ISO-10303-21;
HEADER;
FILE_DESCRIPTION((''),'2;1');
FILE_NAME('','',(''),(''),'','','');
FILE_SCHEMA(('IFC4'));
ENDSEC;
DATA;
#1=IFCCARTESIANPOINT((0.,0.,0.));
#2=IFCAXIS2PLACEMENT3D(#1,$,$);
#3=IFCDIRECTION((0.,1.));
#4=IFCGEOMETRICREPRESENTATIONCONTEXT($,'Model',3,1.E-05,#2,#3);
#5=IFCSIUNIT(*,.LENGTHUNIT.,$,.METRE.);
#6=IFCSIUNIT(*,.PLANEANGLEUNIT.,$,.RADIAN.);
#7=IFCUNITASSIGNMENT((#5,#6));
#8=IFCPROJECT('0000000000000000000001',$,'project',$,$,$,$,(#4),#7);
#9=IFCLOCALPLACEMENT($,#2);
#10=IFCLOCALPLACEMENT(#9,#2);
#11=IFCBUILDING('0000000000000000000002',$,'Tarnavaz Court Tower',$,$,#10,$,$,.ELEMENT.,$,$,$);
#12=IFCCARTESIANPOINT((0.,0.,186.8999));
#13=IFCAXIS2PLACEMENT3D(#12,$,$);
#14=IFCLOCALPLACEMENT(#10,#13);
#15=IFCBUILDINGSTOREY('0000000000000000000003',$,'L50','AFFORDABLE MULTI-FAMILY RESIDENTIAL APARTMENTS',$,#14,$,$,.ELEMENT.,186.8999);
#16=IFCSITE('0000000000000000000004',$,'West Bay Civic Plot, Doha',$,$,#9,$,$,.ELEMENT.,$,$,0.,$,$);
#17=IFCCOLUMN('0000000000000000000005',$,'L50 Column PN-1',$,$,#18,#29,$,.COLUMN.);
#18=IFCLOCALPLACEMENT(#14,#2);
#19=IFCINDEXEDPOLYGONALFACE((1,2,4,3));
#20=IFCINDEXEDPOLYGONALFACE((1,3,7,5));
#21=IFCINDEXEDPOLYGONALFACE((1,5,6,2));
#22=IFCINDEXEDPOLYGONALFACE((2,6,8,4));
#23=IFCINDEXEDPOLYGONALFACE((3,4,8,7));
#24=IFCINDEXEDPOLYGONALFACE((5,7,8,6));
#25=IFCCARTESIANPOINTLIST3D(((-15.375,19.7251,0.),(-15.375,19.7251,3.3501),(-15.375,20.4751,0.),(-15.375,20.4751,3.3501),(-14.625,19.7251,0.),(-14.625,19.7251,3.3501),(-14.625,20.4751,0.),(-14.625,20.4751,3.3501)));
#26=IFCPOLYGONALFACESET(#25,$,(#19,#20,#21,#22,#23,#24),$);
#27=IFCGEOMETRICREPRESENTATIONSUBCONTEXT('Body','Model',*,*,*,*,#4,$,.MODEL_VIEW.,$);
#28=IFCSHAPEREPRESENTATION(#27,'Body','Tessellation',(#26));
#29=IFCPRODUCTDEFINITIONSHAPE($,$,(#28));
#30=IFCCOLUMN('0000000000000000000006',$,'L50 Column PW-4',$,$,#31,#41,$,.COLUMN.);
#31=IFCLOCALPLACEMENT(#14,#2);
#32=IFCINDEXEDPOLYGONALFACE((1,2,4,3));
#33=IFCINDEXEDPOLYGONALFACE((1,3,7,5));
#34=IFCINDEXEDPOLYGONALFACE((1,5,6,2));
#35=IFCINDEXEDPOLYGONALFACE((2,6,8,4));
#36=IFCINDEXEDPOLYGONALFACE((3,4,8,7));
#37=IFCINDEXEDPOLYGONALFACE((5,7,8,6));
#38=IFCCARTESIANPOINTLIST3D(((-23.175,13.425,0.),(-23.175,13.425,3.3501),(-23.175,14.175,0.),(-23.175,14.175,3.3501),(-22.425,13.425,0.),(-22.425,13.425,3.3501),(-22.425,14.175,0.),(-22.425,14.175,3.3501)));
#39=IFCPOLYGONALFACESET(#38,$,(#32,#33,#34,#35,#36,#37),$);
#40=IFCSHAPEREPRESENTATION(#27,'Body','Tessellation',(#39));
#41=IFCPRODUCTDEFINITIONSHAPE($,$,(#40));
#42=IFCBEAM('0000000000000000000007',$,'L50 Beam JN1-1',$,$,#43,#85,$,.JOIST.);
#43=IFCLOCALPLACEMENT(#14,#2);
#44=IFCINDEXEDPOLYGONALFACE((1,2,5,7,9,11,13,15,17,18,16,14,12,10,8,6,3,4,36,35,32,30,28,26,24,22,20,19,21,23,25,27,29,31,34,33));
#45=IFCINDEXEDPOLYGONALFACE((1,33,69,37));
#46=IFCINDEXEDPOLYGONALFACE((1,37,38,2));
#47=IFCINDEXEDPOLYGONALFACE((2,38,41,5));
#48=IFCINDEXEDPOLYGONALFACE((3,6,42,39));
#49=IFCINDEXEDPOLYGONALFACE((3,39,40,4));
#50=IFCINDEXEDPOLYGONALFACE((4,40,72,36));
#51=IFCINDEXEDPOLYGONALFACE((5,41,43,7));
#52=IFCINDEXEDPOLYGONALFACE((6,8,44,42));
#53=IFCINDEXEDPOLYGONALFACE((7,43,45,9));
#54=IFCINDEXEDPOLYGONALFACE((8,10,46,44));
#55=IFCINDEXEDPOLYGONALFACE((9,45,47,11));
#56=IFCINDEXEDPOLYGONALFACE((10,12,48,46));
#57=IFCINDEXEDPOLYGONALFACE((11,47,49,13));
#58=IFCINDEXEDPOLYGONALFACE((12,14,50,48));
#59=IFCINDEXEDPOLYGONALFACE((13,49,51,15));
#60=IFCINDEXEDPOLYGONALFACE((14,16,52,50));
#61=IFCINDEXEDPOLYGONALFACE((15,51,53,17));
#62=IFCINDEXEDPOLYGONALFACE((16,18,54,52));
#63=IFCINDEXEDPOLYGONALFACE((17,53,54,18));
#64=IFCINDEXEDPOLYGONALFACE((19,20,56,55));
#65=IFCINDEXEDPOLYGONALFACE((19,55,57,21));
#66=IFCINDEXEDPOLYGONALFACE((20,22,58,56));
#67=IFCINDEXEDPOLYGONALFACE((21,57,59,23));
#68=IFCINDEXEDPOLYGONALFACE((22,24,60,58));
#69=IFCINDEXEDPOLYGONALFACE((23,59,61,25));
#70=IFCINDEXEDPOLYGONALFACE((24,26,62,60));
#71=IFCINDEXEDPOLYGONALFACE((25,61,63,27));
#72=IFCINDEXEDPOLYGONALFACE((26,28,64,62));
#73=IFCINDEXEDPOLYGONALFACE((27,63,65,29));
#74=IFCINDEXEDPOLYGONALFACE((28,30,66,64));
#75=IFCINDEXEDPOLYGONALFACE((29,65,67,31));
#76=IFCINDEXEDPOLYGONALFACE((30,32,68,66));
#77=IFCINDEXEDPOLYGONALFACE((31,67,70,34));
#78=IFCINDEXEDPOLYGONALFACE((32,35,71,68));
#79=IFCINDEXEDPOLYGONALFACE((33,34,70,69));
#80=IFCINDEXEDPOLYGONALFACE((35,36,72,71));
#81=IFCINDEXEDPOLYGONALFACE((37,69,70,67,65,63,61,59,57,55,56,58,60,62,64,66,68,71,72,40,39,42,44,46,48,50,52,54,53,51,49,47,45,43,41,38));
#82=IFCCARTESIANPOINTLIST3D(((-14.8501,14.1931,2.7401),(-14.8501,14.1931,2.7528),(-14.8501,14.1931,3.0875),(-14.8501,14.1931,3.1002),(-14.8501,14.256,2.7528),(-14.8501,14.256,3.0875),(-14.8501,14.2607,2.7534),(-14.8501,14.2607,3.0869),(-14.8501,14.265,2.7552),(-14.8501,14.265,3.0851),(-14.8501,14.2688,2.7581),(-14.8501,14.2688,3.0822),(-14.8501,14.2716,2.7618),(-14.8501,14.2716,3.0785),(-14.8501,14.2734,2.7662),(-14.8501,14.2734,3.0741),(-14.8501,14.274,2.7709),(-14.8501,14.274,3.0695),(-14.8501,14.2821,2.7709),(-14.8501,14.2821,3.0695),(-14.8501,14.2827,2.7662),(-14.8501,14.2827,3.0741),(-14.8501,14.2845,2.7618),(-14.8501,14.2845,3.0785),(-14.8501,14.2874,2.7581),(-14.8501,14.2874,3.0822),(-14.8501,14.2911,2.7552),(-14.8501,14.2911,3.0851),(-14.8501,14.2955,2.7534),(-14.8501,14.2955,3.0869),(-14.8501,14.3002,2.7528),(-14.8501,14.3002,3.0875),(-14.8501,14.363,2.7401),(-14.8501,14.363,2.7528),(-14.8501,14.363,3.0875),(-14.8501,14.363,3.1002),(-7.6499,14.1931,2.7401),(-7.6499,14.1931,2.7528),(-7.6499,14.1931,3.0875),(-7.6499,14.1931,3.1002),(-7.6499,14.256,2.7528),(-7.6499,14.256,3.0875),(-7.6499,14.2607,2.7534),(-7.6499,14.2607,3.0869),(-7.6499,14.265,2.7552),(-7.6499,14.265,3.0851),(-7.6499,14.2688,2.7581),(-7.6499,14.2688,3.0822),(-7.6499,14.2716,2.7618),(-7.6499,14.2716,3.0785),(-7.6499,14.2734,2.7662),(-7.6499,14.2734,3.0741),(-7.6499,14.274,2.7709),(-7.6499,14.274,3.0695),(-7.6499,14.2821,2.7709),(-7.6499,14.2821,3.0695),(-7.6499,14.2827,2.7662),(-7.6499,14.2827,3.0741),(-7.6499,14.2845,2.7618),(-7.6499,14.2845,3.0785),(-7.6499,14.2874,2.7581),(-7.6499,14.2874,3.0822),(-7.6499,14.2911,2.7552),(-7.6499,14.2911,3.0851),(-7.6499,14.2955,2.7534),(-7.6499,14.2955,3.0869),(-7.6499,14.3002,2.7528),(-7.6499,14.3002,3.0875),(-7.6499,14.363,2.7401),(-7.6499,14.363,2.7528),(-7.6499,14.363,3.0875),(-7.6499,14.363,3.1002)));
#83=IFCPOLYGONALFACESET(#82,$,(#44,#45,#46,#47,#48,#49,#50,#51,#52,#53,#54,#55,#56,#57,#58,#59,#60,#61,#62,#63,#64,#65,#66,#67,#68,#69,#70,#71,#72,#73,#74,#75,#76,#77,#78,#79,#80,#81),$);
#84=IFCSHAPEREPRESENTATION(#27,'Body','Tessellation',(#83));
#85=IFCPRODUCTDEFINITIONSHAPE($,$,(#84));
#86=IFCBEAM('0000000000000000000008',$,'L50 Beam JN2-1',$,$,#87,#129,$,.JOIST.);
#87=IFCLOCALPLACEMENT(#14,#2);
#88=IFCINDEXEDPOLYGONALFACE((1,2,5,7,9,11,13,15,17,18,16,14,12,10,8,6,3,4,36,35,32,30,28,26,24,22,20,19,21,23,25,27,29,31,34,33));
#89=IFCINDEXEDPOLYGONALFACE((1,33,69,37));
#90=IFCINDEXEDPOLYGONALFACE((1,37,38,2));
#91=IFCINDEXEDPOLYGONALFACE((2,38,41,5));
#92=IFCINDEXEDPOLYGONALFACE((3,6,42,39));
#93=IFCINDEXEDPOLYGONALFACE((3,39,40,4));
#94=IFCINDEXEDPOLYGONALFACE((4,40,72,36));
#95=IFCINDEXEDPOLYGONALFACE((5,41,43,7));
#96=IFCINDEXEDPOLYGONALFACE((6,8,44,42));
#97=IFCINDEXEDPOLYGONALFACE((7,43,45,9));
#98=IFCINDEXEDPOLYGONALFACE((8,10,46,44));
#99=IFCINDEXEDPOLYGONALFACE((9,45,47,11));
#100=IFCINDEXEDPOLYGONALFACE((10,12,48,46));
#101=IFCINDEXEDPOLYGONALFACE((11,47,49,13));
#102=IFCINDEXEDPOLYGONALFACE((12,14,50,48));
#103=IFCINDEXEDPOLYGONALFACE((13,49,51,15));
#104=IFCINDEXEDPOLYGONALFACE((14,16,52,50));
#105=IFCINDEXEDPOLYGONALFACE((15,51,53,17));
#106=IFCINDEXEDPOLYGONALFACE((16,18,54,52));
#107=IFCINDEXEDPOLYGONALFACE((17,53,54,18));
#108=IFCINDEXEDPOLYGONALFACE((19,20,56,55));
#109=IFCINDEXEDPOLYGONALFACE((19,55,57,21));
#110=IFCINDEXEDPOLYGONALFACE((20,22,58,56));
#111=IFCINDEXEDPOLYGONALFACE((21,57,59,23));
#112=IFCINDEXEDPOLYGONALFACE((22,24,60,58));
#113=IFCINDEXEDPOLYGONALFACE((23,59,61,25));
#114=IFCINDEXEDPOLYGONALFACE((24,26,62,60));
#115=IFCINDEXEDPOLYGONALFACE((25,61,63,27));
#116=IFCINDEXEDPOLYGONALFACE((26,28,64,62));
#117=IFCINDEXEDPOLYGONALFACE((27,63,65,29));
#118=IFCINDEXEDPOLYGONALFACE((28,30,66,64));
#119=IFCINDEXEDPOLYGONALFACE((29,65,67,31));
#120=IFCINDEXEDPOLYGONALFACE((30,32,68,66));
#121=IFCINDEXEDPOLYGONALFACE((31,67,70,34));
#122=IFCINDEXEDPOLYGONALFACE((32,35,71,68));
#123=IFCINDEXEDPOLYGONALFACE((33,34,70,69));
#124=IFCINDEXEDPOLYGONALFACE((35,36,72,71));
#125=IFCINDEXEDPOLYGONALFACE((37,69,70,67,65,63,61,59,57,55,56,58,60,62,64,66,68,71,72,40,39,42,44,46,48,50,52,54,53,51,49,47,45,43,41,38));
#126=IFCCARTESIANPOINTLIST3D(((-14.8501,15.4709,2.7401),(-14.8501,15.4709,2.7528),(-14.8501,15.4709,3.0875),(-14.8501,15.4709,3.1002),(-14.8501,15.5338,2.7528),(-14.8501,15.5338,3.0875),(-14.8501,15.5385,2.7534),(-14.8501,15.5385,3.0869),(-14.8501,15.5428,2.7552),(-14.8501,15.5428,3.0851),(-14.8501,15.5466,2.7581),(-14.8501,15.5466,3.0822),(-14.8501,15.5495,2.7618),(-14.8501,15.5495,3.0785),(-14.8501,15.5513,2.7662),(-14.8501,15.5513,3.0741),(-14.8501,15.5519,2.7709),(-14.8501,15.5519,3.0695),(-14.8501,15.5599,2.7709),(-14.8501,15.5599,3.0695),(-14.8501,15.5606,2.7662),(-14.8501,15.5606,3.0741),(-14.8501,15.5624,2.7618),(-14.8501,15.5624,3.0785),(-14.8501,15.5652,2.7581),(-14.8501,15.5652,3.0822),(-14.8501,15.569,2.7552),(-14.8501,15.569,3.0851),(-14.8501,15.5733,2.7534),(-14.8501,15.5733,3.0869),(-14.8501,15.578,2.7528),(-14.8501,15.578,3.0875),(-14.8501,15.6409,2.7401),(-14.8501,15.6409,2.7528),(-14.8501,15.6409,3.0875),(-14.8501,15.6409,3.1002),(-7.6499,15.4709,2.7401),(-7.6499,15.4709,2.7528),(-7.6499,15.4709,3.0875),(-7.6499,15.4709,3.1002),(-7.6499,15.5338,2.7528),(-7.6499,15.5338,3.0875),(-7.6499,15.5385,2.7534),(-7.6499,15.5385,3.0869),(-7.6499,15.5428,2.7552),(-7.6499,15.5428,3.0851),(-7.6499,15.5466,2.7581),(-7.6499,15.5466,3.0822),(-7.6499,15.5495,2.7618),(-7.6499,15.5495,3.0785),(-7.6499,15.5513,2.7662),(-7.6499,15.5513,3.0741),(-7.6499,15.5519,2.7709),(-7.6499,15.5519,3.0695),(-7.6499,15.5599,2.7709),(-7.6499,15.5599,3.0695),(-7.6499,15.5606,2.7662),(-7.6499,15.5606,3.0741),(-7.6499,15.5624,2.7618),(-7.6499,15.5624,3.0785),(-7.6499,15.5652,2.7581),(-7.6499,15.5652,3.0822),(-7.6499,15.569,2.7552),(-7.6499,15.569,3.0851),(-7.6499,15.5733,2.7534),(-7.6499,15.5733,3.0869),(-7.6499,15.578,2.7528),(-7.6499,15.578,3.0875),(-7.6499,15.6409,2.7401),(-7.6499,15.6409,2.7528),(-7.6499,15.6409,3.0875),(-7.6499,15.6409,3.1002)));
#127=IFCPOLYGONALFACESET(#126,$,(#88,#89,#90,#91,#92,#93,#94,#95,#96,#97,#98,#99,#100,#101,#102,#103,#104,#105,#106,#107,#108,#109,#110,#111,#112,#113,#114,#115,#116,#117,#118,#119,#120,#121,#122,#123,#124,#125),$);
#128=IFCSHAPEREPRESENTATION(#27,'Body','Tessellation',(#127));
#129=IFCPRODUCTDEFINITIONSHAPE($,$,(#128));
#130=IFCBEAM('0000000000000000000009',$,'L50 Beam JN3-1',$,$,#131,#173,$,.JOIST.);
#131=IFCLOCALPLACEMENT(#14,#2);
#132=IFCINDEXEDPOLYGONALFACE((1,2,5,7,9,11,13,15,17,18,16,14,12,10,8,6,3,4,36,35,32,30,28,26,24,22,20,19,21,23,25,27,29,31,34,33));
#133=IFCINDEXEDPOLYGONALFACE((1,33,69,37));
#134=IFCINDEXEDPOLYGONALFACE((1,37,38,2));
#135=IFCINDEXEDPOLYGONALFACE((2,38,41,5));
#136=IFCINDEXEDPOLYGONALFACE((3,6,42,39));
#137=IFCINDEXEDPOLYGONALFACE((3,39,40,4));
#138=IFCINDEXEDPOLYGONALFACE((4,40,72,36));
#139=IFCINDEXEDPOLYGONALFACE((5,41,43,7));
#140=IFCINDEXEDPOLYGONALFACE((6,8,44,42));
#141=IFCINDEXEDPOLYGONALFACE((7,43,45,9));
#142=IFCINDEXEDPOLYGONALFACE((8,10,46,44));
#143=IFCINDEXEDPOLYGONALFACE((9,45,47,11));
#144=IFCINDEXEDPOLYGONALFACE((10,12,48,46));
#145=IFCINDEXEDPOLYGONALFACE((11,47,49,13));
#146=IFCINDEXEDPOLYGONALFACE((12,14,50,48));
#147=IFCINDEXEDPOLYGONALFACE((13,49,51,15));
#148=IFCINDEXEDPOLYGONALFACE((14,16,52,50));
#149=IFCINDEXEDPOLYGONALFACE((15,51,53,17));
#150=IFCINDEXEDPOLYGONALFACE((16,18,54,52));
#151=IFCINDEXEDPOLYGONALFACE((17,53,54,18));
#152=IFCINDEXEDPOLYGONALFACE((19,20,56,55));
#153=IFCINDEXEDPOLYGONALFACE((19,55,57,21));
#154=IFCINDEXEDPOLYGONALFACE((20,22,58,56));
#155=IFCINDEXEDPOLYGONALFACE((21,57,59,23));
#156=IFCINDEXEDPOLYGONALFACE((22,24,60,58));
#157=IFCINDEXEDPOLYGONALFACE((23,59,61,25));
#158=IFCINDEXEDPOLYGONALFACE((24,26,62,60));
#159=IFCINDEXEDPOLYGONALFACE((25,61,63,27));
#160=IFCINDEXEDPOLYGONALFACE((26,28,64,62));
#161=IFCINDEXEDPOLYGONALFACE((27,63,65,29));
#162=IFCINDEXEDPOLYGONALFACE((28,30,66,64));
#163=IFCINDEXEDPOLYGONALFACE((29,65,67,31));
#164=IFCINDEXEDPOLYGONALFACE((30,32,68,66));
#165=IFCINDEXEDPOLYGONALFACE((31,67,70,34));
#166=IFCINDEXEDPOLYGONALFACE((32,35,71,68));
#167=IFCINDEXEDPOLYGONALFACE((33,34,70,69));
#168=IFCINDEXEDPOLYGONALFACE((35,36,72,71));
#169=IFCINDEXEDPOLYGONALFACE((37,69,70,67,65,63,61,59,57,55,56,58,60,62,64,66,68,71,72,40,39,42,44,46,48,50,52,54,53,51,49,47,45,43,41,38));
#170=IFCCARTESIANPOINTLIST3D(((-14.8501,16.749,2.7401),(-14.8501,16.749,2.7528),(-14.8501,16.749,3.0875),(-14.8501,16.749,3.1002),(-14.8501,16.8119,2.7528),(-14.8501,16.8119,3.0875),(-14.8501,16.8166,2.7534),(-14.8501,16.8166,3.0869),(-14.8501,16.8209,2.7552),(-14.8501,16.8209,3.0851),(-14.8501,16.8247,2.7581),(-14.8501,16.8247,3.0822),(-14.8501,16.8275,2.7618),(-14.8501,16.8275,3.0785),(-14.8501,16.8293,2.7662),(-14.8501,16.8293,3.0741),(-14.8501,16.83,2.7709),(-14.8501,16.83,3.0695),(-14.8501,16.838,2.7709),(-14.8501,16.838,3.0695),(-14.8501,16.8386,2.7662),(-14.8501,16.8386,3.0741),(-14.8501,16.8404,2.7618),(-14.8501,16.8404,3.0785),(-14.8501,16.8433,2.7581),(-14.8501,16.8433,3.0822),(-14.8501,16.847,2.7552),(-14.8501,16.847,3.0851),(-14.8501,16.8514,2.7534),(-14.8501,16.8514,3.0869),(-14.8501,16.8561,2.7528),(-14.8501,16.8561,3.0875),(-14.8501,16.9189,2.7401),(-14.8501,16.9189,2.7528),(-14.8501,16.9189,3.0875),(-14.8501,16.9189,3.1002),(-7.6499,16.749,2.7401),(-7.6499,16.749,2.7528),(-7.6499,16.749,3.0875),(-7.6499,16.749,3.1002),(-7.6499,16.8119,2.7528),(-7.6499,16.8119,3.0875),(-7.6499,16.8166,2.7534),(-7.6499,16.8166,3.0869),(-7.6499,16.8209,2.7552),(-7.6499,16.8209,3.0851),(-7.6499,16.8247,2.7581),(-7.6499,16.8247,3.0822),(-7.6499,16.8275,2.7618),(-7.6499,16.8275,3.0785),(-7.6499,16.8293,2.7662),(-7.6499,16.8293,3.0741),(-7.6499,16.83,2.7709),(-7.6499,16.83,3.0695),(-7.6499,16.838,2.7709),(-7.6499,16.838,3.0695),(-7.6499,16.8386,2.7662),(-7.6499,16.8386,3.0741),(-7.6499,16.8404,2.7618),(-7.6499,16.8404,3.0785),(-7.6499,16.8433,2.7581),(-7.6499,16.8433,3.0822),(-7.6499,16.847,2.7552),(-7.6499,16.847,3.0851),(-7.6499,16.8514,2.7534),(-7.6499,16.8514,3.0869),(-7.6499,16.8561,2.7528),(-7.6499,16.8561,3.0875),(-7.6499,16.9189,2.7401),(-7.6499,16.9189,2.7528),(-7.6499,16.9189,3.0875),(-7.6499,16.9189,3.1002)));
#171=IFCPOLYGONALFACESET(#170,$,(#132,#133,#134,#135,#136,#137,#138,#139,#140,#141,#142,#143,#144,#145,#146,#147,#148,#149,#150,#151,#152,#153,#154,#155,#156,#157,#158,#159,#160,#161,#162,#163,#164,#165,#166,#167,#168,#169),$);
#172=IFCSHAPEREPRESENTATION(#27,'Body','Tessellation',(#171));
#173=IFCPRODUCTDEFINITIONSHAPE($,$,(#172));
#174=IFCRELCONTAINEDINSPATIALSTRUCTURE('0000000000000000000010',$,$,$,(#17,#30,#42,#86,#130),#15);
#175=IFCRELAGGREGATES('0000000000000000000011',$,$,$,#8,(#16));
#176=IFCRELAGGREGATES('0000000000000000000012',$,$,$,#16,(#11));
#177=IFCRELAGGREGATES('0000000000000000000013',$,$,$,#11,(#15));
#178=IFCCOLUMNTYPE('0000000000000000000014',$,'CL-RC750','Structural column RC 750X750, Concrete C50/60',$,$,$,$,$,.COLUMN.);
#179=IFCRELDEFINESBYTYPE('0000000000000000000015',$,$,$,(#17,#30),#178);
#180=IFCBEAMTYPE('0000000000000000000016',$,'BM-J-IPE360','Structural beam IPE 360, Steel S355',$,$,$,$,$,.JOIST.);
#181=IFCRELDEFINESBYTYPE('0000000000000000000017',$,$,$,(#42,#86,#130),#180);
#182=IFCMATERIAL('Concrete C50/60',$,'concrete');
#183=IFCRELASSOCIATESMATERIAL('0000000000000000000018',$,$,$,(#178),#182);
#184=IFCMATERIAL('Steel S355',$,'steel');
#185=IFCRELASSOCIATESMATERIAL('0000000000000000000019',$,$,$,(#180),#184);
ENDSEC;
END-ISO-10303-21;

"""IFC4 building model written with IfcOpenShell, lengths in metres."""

from ifc_helpers import new_model, si_unit, direction, frame, origin, origin_2d, place, context, subcontext, project, spatial, rectangle, i_section, extrude, material, material_profile, profile_set, type_object, element, save


model = new_model("IFC4")

# Units and contexts
model_context = context("Model", 3, precision=1e-05, world=origin(), true_north=direction((0.0, 1.0)))
body_context = subcontext(model_context, "Body", "Model", "MODEL_VIEW")
ifc_project = project(units=[si_unit("LENGTHUNIT", "METRE"), si_unit("PLANEANGLEUNIT", "RADIAN")], contexts=[model_context])

# Site, building, storey
site_placement = place(None, origin())
site = spatial("IfcSite", under=ifc_project, at=site_placement, Name="West Bay Civic Plot, Doha", CompositionType="ELEMENT", RefElevation=0.0)
building_placement = place(site_placement, origin())
building = spatial("IfcBuilding", under=site, at=building_placement, Name="Tarnavaz Court Tower", CompositionType="ELEMENT")
storey_placement = place(building_placement, frame((0.0, 0.0, 186.8999)))
storey = spatial("IfcBuildingStorey", under=building, at=storey_placement, Name="L50", Description="AFFORDABLE MULTI-FAMILY RESIDENTIAL APARTMENTS", CompositionType="ELEMENT", Elevation=186.8999)

# Columns
ifc_material_1 = material(Name="Concrete C50/60", Category="concrete")
ifc_material_profile_1 = material_profile(ifc_material_1, rectangle(XDim=0.75, YDim=0.75, at=origin_2d()), Name="RC 750X750")
ifc_profile_set_1 = profile_set([ifc_material_profile_1], Name="Concrete C50/60")
column_type = type_object("IfcColumnType", Name="CL-RC750", Description="Structural column RC 750X750, Concrete C50/60", PredefinedType="COLUMN", material=ifc_profile_set_1)
for number, where, z_axis, x_axis, name in (
    (1, (-15.0, 20.1001, 0.0), (0.0, 0.0, 1.0), (1.0, 0.0, 0.0), "L50 Column PN-1"),
    (2, (-22.8, 13.8, 0.0), (0.0, 0.0, 1.0), (1.0, 0.0, 0.0), "L50 Column PW-4"),
):
    element("IfcColumn", number, at=place(storey_placement, frame(where, z_axis=z_axis, x_axis=x_axis)), inside=storey, type_object=column_type, Name=name, PredefinedType="COLUMN", context=body_context, shape_type="SweptSolid", body=[
        extrude(rectangle(XDim=0.75, YDim=0.75, at=origin_2d()), origin(), (0.0, 0.0, 1.0), 3.3501),
    ])

# Beams
ifc_material_2 = material(Name="Steel S355", Category="steel")
ifc_material_profile_2 = material_profile(ifc_material_2, i_section(OverallWidth=0.1699, OverallDepth=0.3601, WebThickness=0.0081, FlangeThickness=0.0127, FilletRadius=0.0181, at=origin_2d()), Name="IPE 360")
ifc_profile_set_2 = profile_set([ifc_material_profile_2], Name="Steel S355")
beam_type_1 = type_object("IfcBeamType", Name="BM-J-IPE360", Description="Structural beam IPE 360, Steel S355", PredefinedType="JOIST", material=ifc_profile_set_2)
for number, where, z_axis, x_axis, name in (
    (3, (-14.8501, 14.2781, 2.9202), (1.0, 0.0, 0.0), (0.0, 1.0, 0.0), "L50 Beam JN1-1"),
    (4, (-14.8501, 15.5559, 2.9202), (1.0, 0.0, 0.0), (0.0, 1.0, 0.0), "L50 Beam JN2-1"),
    (5, (-14.8501, 16.834, 2.9202), (1.0, 0.0, 0.0), (0.0, 1.0, 0.0), "L50 Beam JN3-1"),
):
    element("IfcBeam", number, at=place(storey_placement, frame(where, z_axis=z_axis, x_axis=x_axis)), inside=storey, type_object=beam_type_1, Name=name, PredefinedType="JOIST", context=body_context, shape_type="SweptSolid", body=[
        extrude(i_section(OverallWidth=0.1699, OverallDepth=0.3601, WebThickness=0.0081, FlangeThickness=0.0127, FilletRadius=0.0181, at=origin_2d()), origin(), (0.0, 0.0, 1.0), 7.2002),
    ])

save(model, "model.ifc")
